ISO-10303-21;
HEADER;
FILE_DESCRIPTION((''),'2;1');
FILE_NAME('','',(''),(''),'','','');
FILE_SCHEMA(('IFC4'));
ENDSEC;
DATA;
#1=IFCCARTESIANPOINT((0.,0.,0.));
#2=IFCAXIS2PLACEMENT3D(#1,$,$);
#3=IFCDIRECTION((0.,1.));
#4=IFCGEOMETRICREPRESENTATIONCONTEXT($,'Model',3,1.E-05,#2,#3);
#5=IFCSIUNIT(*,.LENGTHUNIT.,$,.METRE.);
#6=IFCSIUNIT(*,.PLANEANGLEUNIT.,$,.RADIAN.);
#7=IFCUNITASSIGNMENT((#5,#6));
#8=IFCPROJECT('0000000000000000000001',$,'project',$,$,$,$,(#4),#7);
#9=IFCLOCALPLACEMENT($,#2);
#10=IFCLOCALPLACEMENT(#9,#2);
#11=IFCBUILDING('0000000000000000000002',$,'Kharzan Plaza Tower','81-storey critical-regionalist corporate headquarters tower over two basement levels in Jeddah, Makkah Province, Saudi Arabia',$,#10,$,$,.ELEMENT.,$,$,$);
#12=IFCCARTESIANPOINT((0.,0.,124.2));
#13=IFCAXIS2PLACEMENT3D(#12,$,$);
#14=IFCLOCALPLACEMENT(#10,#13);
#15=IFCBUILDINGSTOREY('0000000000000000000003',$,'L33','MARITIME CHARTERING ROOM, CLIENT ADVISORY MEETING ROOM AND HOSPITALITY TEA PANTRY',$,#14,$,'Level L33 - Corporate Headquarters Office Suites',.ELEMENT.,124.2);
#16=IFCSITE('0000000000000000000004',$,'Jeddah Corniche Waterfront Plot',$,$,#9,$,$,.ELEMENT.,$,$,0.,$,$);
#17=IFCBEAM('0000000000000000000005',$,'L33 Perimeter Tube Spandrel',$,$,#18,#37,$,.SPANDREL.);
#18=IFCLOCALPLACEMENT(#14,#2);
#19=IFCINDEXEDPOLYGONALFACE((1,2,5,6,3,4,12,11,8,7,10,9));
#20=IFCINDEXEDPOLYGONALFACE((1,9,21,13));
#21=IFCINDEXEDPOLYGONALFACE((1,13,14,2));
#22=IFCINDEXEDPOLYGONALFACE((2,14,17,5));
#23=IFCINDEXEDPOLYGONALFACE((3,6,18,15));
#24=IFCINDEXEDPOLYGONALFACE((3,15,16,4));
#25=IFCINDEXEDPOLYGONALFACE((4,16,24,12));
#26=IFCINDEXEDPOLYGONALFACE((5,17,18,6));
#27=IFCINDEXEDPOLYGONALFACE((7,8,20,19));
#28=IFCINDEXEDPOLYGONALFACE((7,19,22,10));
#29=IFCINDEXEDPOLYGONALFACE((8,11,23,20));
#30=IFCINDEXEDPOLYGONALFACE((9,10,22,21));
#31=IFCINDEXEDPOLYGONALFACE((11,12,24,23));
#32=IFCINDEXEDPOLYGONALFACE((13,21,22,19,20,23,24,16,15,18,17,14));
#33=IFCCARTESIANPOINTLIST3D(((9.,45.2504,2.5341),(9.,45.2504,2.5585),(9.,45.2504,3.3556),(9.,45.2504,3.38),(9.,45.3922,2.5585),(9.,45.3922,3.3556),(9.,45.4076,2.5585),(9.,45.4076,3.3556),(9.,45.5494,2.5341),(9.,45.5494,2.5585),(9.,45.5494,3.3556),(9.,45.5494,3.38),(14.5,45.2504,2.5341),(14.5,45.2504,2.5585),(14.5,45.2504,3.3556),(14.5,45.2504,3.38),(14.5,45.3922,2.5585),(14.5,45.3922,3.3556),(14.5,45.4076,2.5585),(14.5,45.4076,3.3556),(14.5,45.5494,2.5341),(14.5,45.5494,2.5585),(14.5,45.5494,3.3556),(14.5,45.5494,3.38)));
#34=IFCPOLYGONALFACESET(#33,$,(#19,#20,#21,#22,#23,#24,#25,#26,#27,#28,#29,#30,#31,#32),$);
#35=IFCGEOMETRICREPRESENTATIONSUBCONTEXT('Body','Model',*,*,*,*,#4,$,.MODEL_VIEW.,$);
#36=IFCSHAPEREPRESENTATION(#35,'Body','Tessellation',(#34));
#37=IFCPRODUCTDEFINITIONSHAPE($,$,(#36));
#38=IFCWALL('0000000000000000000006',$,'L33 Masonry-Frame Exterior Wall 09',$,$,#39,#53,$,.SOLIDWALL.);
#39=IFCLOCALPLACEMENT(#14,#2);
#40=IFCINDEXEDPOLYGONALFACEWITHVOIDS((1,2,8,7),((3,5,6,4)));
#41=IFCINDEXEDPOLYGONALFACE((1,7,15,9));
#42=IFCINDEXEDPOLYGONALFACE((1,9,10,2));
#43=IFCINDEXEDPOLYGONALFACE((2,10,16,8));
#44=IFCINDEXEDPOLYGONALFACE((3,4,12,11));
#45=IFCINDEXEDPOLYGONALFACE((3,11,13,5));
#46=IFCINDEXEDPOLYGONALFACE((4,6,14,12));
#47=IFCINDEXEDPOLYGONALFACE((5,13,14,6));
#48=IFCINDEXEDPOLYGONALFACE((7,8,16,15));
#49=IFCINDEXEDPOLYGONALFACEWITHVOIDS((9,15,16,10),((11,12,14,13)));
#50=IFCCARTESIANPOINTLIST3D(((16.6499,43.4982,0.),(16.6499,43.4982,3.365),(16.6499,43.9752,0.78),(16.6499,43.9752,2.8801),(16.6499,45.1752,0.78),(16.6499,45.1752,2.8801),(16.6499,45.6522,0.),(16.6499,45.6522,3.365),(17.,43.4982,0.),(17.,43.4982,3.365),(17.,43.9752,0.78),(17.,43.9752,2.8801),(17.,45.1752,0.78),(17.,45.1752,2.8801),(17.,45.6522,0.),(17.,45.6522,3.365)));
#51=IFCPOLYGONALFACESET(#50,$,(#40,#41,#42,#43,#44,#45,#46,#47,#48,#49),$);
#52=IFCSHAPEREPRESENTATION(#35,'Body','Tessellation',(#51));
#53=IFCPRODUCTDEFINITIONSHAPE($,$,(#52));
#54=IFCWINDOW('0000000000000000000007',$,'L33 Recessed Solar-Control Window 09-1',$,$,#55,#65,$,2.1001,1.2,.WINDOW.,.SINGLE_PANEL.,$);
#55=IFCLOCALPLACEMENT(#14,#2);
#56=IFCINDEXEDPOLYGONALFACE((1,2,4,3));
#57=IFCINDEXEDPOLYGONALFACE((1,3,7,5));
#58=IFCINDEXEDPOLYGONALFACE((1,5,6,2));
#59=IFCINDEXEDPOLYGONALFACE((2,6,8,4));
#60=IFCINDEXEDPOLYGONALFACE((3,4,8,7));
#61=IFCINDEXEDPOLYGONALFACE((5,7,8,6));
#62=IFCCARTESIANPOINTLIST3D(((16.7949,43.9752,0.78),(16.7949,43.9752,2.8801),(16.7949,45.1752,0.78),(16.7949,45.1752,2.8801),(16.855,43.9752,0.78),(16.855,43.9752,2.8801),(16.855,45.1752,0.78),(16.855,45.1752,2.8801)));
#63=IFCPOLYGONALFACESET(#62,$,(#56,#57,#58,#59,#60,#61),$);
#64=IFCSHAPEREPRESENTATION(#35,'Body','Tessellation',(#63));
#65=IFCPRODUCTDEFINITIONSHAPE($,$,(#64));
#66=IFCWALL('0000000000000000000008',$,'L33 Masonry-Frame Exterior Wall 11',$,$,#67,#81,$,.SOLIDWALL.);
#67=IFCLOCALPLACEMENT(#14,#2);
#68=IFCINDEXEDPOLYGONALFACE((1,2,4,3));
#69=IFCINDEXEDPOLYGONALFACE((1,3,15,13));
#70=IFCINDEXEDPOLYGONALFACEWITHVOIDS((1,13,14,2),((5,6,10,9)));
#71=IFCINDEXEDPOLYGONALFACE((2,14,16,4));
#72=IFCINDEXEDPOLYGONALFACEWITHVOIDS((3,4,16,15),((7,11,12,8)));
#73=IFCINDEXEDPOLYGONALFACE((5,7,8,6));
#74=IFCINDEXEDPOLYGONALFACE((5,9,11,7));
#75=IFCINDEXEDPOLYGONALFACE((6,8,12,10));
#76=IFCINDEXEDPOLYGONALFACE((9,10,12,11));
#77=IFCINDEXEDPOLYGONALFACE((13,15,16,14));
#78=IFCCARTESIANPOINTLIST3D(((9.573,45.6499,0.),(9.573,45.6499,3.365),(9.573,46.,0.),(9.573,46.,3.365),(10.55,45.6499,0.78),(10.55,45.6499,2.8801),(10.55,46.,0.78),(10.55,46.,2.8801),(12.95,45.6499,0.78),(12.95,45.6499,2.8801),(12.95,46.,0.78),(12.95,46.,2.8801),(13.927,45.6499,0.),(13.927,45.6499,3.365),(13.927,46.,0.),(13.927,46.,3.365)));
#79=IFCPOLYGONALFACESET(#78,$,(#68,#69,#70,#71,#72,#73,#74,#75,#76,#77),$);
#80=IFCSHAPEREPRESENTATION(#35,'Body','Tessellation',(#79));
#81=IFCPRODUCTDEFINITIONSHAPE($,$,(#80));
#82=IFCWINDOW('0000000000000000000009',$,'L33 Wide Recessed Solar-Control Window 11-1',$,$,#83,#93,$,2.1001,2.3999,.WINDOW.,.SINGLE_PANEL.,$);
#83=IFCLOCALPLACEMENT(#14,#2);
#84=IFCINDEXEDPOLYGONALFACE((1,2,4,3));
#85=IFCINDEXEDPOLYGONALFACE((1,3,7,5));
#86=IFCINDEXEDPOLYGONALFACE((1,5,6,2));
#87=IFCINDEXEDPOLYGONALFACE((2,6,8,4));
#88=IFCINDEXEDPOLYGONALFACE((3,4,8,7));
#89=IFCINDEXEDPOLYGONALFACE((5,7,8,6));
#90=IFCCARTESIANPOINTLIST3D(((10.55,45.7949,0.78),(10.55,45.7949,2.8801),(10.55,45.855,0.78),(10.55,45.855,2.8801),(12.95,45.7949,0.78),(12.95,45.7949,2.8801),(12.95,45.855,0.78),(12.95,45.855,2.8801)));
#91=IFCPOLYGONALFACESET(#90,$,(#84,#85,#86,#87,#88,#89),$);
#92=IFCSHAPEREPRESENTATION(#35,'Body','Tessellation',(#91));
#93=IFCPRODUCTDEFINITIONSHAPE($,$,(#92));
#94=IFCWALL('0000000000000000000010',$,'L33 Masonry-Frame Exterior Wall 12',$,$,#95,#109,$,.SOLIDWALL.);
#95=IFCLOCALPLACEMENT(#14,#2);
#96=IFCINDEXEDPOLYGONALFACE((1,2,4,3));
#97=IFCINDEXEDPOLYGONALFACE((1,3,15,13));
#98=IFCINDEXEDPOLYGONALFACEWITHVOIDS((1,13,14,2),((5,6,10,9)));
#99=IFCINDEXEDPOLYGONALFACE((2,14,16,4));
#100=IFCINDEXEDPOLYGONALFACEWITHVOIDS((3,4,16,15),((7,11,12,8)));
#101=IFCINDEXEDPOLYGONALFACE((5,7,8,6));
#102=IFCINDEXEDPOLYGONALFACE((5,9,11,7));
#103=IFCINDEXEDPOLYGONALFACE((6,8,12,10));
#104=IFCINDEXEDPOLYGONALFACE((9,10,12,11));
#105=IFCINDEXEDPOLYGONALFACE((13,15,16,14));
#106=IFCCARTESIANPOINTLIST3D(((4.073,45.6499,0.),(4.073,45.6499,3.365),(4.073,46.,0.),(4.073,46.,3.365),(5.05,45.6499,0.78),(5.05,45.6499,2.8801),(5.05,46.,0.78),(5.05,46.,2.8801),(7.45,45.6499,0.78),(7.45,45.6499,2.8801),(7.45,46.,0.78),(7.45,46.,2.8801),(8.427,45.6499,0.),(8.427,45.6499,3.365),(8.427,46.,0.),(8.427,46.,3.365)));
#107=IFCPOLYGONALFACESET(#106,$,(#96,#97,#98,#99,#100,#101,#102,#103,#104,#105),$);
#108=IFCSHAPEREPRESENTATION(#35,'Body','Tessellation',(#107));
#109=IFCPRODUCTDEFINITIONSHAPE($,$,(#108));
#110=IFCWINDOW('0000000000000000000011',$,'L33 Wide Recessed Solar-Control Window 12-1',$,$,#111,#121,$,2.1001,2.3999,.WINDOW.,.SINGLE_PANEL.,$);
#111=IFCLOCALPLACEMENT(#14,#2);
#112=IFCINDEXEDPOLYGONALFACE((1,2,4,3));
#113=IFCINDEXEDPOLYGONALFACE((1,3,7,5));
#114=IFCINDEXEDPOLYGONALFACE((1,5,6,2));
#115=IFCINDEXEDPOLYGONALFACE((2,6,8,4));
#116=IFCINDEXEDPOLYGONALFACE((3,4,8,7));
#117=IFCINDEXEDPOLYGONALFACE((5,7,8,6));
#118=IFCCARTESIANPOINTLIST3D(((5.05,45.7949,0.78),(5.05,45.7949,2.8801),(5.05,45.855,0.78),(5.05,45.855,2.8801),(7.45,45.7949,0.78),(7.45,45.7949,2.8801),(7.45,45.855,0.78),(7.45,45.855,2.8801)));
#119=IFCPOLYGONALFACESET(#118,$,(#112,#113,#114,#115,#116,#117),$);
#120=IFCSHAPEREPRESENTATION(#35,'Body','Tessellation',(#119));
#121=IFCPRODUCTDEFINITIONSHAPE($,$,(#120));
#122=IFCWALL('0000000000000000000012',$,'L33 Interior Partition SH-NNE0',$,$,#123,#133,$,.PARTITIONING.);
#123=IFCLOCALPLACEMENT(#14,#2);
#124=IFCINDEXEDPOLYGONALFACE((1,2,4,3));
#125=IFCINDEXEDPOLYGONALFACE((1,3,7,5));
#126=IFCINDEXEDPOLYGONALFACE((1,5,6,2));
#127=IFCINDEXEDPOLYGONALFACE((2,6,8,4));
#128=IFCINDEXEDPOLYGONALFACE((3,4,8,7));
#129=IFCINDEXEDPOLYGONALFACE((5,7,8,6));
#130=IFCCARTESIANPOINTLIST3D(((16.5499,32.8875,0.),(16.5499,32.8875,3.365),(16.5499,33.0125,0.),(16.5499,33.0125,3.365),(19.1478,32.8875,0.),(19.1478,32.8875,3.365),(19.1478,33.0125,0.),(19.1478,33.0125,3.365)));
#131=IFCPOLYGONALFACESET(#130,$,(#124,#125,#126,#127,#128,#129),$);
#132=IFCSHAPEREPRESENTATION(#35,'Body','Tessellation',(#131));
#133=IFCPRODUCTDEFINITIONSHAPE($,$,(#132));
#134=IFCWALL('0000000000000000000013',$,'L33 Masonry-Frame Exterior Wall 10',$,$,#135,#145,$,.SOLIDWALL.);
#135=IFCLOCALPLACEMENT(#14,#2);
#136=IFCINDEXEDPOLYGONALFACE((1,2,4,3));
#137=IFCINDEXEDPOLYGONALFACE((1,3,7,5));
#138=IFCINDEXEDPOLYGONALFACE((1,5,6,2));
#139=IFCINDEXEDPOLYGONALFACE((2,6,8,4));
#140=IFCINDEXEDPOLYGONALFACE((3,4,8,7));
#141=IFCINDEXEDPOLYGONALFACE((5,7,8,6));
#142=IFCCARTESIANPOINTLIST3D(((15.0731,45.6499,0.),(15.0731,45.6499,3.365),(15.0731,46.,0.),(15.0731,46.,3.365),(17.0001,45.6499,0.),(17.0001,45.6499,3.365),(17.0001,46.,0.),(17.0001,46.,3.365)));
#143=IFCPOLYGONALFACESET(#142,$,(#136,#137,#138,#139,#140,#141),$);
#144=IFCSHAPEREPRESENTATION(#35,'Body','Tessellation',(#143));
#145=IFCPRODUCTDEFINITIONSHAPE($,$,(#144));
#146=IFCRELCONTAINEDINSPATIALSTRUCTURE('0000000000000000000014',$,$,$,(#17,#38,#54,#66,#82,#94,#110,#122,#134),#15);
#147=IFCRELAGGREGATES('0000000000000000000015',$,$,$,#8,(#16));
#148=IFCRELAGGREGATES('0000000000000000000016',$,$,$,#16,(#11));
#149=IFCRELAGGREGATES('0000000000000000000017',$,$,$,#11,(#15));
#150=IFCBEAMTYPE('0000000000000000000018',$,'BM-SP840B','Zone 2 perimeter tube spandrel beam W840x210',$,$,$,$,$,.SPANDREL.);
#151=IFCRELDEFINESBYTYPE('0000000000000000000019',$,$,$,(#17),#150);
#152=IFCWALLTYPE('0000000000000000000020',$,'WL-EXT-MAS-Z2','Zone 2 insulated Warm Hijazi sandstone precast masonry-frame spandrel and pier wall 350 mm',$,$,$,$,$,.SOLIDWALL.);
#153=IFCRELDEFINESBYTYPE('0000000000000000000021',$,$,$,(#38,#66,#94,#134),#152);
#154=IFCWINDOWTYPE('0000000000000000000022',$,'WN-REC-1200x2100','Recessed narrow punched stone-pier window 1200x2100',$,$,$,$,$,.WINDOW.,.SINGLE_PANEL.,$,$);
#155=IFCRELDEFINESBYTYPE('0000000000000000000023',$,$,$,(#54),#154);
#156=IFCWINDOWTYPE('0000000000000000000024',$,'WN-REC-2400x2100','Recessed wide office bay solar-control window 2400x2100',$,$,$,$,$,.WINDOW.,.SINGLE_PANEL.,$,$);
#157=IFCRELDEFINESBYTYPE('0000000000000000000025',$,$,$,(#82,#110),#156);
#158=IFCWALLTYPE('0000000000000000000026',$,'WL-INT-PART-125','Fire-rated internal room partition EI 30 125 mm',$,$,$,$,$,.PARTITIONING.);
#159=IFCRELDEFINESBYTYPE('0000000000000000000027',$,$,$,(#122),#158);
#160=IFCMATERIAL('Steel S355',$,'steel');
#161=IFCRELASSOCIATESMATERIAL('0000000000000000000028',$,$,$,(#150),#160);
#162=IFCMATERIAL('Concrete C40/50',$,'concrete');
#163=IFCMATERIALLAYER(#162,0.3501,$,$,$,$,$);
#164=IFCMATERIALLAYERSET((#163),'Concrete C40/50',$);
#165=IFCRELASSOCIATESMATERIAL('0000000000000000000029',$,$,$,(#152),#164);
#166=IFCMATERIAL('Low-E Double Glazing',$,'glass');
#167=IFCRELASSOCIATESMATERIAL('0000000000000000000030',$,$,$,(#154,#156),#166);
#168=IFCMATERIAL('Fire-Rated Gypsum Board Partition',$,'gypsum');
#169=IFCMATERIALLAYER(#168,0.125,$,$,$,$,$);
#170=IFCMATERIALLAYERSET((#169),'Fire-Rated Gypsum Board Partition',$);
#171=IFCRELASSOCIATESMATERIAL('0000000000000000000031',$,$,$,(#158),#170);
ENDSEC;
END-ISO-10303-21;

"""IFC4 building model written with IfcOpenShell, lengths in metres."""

from ifc_helpers import new_model, si_unit, direction, frame, frame_2d, origin, origin_2d, place, context, subcontext, project, spatial, rectangle, i_section, extrude, source, transform, mapped, material, layer, layer_set, material_profile, profile_set, type_object, element, fill, save


model = new_model("IFC4")

# Units and contexts
model_context = context("Model", 3, precision=1e-05, world=origin(), true_north=direction((0.0, 1.0)))
body_context = subcontext(model_context, "Body", "Model", "MODEL_VIEW")
ifc_project = project(units=[si_unit("LENGTHUNIT", "METRE"), si_unit("PLANEANGLEUNIT", "RADIAN")], contexts=[model_context])

# Site, building, storey
site_placement = place(None, origin())
site = spatial("IfcSite", under=ifc_project, at=site_placement, Name="Jeddah Corniche Waterfront Plot", CompositionType="ELEMENT", RefElevation=0.0)
building_placement = place(site_placement, origin())
building = spatial("IfcBuilding", under=site, at=building_placement, Name="Kharzan Plaza Tower", Description="81-storey critical-regionalist corporate headquarters tower over two basement levels in Jeddah, Makkah Province, Saudi Arabia", CompositionType="ELEMENT")
storey_placement = place(building_placement, frame((0.0, 0.0, 124.2)))
storey = spatial("IfcBuildingStorey", under=building, at=storey_placement, Name="L33", Description="MARITIME CHARTERING ROOM, CLIENT ADVISORY MEETING ROOM AND HOSPITALITY TEA PANTRY", LongName="Level L33 - Corporate Headquarters Office Suites", CompositionType="ELEMENT", Elevation=124.2)

# Beam
ifc_material_1 = material(Name="Steel S355", Category="steel")
ifc_material_profile_1 = material_profile(ifc_material_1, i_section(OverallWidth=0.2991, OverallDepth=0.8459, WebThickness=0.0154, FlangeThickness=0.0244, at=origin_2d()), Name="W840x210")
ifc_profile_set_1 = profile_set([ifc_material_profile_1], Name="Steel S355")
beam_type_1 = type_object("IfcBeamType", Name="BM-SP840B", Description="Zone 2 perimeter tube spandrel beam W840x210", PredefinedType="SPANDREL", material=ifc_profile_set_1)
shared_shape_1 = source(origin(), body_context, "Body", "SweptSolid", [
    extrude(i_section(OverallWidth=0.2991, OverallDepth=0.8459, WebThickness=0.0154, FlangeThickness=0.0244, at=origin_2d()), origin(), (0.0, 0.0, 1.0), 5.5),
])
for number, where, z_axis, x_axis, name in (
    (1, (9.0, 45.3999, 2.957), (1.0, 0.0, 0.0), (0.0, 1.0, 0.0), "L33 Perimeter Tube Spandrel"),
):
    element("IfcBeam", number, at=place(storey_placement, frame(where, z_axis=z_axis, x_axis=x_axis)), inside=storey, type_object=beam_type_1, Name=name, PredefinedType="SPANDREL", context=body_context, shape_type="MappedRepresentation", body=[
        mapped(shared_shape_1, transform((0.0, 0.0, 0.0), x_axis=(1.0, 0.0, 0.0), y_axis=(0.0, 1.0, 0.0), z_axis=(0.0, 0.0, 1.0))),
    ])

# Walls, openings, windows
ifc_material_2 = material(Name="Concrete C40/50", Category="concrete")
ifc_layer_1 = layer(ifc_material_2, 0.3501)
ifc_layer_set_1 = layer_set([ifc_layer_1], Name="Concrete C40/50")
wall_type_1 = type_object("IfcWallType", Name="WL-EXT-MAS-Z2", Description="Zone 2 insulated Warm Hijazi sandstone precast masonry-frame spandrel and pier wall 350 mm", PredefinedType="SOLIDWALL", material=ifc_layer_set_1)
wall_1_placement = place(storey_placement, frame((16.825, 43.498, 0.0), z_axis=(0.0, 0.0, 1.0), x_axis=(0.0, 1.0, 0.0)))
wall_1 = element("IfcWall", 2, at=wall_1_placement, inside=storey, type_object=wall_type_1, Name="L33 Masonry-Frame Exterior Wall 09", PredefinedType="SOLIDWALL", context=body_context, shape_type="SweptSolid", body=[
    extrude(rectangle(XDim=2.1541, YDim=0.3501, at=frame_2d((1.0771, 0.0))), origin(), (0.0, 0.0, 1.0), 3.365),
])
opening_1_placement = place(wall_1_placement, frame((0.4771, 0.0, 0.78)))
opening_1 = element("IfcOpeningElement", 3, at=opening_1_placement, cuts=wall_1, PredefinedType="OPENING", context=body_context, shape_type="SweptSolid", body=[
    extrude(rectangle(XDim=1.2, YDim=2.1001, at=frame_2d((0.6001, 1.05))), frame((0.0, 0.1851, 0.0), z_axis=(0.0, -1.0, 0.0), x_axis=(1.0, 0.0, 0.0)), (0.0, 0.0, 1.0), 0.3701),
])
ifc_material_3 = material(Name="Low-E Double Glazing", Category="glass")
window_type_1 = type_object("IfcWindowType", Name="WN-REC-1200x2100", Description="Recessed narrow punched stone-pier window 1200x2100", PartitioningType="SINGLE_PANEL", PredefinedType="WINDOW", material=ifc_material_3)
shared_shape_2 = source(origin(), body_context, "Body", "SweptSolid", [
    extrude(rectangle(XDim=1.2, YDim=2.1001, at=frame_2d((0.6001, 1.05))), frame((0.0, 0.03, 0.0), z_axis=(0.0, -1.0, 0.0), x_axis=(1.0, 0.0, 0.0)), (0.0, 0.0, 1.0), 0.0601),
])
window_1_placement = place(opening_1_placement, origin())
window_1 = element("IfcWindow", 4, at=window_1_placement, inside=storey, type_object=window_type_1, Name="L33 Recessed Solar-Control Window 09-1", OverallHeight=2.1001, OverallWidth=1.2, PartitioningType="SINGLE_PANEL", PredefinedType="WINDOW", context=body_context, shape_type="MappedRepresentation", body=[
    mapped(shared_shape_2, transform((0.0, 0.0, 0.0), x_axis=(1.0, 0.0, 0.0), y_axis=(0.0, 1.0, 0.0), z_axis=(0.0, 0.0, 1.0))),
])
fill(opening_1, window_1)
wall_2_placement = place(storey_placement, frame((13.927, 45.825, 0.0), z_axis=(0.0, 0.0, 1.0), x_axis=(-1.0, 0.0, 0.0)))
wall_2 = element("IfcWall", 5, at=wall_2_placement, inside=storey, type_object=wall_type_1, Name="L33 Masonry-Frame Exterior Wall 11", PredefinedType="SOLIDWALL", context=body_context, shape_type="SweptSolid", body=[
    extrude(rectangle(XDim=4.354, YDim=0.3501, at=frame_2d((2.177, 0.0))), origin(), (0.0, 0.0, 1.0), 3.365),
])
opening_2_placement = place(wall_2_placement, frame((0.9771, 0.0, 0.78)))
opening_2 = element("IfcOpeningElement", 6, at=opening_2_placement, cuts=wall_2, PredefinedType="OPENING", context=body_context, shape_type="SweptSolid", body=[
    extrude(rectangle(XDim=2.3999, YDim=2.1001, at=frame_2d((1.2, 1.05))), frame((0.0, 0.1851, 0.0), z_axis=(0.0, -1.0, 0.0), x_axis=(1.0, 0.0, 0.0)), (0.0, 0.0, 1.0), 0.3701),
])
window_type_2 = type_object("IfcWindowType", Name="WN-REC-2400x2100", Description="Recessed wide office bay solar-control window 2400x2100", PartitioningType="SINGLE_PANEL", PredefinedType="WINDOW", material=ifc_material_3)
shared_shape_3 = source(origin(), body_context, "Body", "SweptSolid", [
    extrude(rectangle(XDim=2.3999, YDim=2.1001, at=frame_2d((1.2, 1.05))), frame((0.0, 0.03, 0.0), z_axis=(0.0, -1.0, 0.0), x_axis=(1.0, 0.0, 0.0)), (0.0, 0.0, 1.0), 0.0601),
])
window_2_placement = place(opening_2_placement, origin())
window_2 = element("IfcWindow", 7, at=window_2_placement, inside=storey, type_object=window_type_2, Name="L33 Wide Recessed Solar-Control Window 11-1", OverallHeight=2.1001, OverallWidth=2.3999, PartitioningType="SINGLE_PANEL", PredefinedType="WINDOW", context=body_context, shape_type="MappedRepresentation", body=[
    mapped(shared_shape_3, transform((0.0, 0.0, 0.0), x_axis=(1.0, 0.0, 0.0), y_axis=(0.0, 1.0, 0.0), z_axis=(0.0, 0.0, 1.0))),
])
fill(opening_2, window_2)
wall_3_placement = place(storey_placement, frame((8.427, 45.825, 0.0), z_axis=(0.0, 0.0, 1.0), x_axis=(-1.0, 0.0, 0.0)))
wall_3 = element("IfcWall", 8, at=wall_3_placement, inside=storey, type_object=wall_type_1, Name="L33 Masonry-Frame Exterior Wall 12", PredefinedType="SOLIDWALL", context=body_context, shape_type="SweptSolid", body=[
    extrude(rectangle(XDim=4.354, YDim=0.3501, at=frame_2d((2.177, 0.0))), origin(), (0.0, 0.0, 1.0), 3.365),
])
opening_3_placement = place(wall_3_placement, frame((0.9771, 0.0, 0.78)))
opening_3 = element("IfcOpeningElement", 9, at=opening_3_placement, cuts=wall_3, PredefinedType="OPENING", context=body_context, shape_type="SweptSolid", body=[
    extrude(rectangle(XDim=2.3999, YDim=2.1001, at=frame_2d((1.2, 1.05))), frame((0.0, 0.1851, 0.0), z_axis=(0.0, -1.0, 0.0), x_axis=(1.0, 0.0, 0.0)), (0.0, 0.0, 1.0), 0.3701),
])
window_3_placement = place(opening_3_placement, origin())
window_3 = element("IfcWindow", 10, at=window_3_placement, inside=storey, type_object=window_type_2, Name="L33 Wide Recessed Solar-Control Window 12-1", OverallHeight=2.1001, OverallWidth=2.3999, PartitioningType="SINGLE_PANEL", PredefinedType="WINDOW", context=body_context, shape_type="MappedRepresentation", body=[
    mapped(shared_shape_3, transform((0.0, 0.0, 0.0), x_axis=(1.0, 0.0, 0.0), y_axis=(0.0, 1.0, 0.0), z_axis=(0.0, 0.0, 1.0))),
])
fill(opening_3, window_3)

# Walls
ifc_material_4 = material(Name="Fire-Rated Gypsum Board Partition", Category="gypsum")
ifc_layer_2 = layer(ifc_material_4, 0.125)
ifc_layer_set_2 = layer_set([ifc_layer_2], Name="Fire-Rated Gypsum Board Partition")
wall_type_2 = type_object("IfcWallType", Name="WL-INT-PART-125", Description="Fire-rated internal room partition EI 30 125 mm", PredefinedType="PARTITIONING", material=ifc_layer_set_2)
shared_shape_4 = source(origin(), body_context, "Body", "SweptSolid", [
    extrude(rectangle(XDim=2.5979, YDim=0.125, at=frame_2d((1.2988, 0.0))), origin(), (0.0, 0.0, 1.0), 3.365),
])
wall_4_placement = place(storey_placement, frame((16.55, 32.95, 0.0), z_axis=(0.0, 0.0, 1.0), x_axis=(1.0, 0.0, 0.0)))
element("IfcWall", 11, at=wall_4_placement, inside=storey, type_object=wall_type_2, Name="L33 Interior Partition SH-NNE0", PredefinedType="PARTITIONING", context=body_context, shape_type="MappedRepresentation", body=[
    mapped(shared_shape_4, transform((0.0, 0.0, 0.0), x_axis=(1.0, 0.0, 0.0), y_axis=(0.0, 1.0, 0.0), z_axis=(0.0, 0.0, 1.0))),
])
shared_shape_5 = source(origin(), body_context, "Body", "SweptSolid", [
    extrude(rectangle(XDim=1.927, YDim=0.3501, at=frame_2d((0.9634, 0.0))), origin(), (0.0, 0.0, 1.0), 3.365),
])
wall_5_placement = place(storey_placement, frame((17.0, 45.825, 0.0), z_axis=(0.0, 0.0, 1.0), x_axis=(-1.0, 0.0, 0.0)))
element("IfcWall", 12, at=wall_5_placement, inside=storey, type_object=wall_type_1, Name="L33 Masonry-Frame Exterior Wall 10", PredefinedType="SOLIDWALL", context=body_context, shape_type="MappedRepresentation", body=[
    mapped(shared_shape_5, transform((0.0, 0.0, 0.0), x_axis=(1.0, 0.0, 0.0), y_axis=(0.0, 1.0, 0.0), z_axis=(0.0, 0.0, 1.0))),
])

save(model, "model.ifc")
